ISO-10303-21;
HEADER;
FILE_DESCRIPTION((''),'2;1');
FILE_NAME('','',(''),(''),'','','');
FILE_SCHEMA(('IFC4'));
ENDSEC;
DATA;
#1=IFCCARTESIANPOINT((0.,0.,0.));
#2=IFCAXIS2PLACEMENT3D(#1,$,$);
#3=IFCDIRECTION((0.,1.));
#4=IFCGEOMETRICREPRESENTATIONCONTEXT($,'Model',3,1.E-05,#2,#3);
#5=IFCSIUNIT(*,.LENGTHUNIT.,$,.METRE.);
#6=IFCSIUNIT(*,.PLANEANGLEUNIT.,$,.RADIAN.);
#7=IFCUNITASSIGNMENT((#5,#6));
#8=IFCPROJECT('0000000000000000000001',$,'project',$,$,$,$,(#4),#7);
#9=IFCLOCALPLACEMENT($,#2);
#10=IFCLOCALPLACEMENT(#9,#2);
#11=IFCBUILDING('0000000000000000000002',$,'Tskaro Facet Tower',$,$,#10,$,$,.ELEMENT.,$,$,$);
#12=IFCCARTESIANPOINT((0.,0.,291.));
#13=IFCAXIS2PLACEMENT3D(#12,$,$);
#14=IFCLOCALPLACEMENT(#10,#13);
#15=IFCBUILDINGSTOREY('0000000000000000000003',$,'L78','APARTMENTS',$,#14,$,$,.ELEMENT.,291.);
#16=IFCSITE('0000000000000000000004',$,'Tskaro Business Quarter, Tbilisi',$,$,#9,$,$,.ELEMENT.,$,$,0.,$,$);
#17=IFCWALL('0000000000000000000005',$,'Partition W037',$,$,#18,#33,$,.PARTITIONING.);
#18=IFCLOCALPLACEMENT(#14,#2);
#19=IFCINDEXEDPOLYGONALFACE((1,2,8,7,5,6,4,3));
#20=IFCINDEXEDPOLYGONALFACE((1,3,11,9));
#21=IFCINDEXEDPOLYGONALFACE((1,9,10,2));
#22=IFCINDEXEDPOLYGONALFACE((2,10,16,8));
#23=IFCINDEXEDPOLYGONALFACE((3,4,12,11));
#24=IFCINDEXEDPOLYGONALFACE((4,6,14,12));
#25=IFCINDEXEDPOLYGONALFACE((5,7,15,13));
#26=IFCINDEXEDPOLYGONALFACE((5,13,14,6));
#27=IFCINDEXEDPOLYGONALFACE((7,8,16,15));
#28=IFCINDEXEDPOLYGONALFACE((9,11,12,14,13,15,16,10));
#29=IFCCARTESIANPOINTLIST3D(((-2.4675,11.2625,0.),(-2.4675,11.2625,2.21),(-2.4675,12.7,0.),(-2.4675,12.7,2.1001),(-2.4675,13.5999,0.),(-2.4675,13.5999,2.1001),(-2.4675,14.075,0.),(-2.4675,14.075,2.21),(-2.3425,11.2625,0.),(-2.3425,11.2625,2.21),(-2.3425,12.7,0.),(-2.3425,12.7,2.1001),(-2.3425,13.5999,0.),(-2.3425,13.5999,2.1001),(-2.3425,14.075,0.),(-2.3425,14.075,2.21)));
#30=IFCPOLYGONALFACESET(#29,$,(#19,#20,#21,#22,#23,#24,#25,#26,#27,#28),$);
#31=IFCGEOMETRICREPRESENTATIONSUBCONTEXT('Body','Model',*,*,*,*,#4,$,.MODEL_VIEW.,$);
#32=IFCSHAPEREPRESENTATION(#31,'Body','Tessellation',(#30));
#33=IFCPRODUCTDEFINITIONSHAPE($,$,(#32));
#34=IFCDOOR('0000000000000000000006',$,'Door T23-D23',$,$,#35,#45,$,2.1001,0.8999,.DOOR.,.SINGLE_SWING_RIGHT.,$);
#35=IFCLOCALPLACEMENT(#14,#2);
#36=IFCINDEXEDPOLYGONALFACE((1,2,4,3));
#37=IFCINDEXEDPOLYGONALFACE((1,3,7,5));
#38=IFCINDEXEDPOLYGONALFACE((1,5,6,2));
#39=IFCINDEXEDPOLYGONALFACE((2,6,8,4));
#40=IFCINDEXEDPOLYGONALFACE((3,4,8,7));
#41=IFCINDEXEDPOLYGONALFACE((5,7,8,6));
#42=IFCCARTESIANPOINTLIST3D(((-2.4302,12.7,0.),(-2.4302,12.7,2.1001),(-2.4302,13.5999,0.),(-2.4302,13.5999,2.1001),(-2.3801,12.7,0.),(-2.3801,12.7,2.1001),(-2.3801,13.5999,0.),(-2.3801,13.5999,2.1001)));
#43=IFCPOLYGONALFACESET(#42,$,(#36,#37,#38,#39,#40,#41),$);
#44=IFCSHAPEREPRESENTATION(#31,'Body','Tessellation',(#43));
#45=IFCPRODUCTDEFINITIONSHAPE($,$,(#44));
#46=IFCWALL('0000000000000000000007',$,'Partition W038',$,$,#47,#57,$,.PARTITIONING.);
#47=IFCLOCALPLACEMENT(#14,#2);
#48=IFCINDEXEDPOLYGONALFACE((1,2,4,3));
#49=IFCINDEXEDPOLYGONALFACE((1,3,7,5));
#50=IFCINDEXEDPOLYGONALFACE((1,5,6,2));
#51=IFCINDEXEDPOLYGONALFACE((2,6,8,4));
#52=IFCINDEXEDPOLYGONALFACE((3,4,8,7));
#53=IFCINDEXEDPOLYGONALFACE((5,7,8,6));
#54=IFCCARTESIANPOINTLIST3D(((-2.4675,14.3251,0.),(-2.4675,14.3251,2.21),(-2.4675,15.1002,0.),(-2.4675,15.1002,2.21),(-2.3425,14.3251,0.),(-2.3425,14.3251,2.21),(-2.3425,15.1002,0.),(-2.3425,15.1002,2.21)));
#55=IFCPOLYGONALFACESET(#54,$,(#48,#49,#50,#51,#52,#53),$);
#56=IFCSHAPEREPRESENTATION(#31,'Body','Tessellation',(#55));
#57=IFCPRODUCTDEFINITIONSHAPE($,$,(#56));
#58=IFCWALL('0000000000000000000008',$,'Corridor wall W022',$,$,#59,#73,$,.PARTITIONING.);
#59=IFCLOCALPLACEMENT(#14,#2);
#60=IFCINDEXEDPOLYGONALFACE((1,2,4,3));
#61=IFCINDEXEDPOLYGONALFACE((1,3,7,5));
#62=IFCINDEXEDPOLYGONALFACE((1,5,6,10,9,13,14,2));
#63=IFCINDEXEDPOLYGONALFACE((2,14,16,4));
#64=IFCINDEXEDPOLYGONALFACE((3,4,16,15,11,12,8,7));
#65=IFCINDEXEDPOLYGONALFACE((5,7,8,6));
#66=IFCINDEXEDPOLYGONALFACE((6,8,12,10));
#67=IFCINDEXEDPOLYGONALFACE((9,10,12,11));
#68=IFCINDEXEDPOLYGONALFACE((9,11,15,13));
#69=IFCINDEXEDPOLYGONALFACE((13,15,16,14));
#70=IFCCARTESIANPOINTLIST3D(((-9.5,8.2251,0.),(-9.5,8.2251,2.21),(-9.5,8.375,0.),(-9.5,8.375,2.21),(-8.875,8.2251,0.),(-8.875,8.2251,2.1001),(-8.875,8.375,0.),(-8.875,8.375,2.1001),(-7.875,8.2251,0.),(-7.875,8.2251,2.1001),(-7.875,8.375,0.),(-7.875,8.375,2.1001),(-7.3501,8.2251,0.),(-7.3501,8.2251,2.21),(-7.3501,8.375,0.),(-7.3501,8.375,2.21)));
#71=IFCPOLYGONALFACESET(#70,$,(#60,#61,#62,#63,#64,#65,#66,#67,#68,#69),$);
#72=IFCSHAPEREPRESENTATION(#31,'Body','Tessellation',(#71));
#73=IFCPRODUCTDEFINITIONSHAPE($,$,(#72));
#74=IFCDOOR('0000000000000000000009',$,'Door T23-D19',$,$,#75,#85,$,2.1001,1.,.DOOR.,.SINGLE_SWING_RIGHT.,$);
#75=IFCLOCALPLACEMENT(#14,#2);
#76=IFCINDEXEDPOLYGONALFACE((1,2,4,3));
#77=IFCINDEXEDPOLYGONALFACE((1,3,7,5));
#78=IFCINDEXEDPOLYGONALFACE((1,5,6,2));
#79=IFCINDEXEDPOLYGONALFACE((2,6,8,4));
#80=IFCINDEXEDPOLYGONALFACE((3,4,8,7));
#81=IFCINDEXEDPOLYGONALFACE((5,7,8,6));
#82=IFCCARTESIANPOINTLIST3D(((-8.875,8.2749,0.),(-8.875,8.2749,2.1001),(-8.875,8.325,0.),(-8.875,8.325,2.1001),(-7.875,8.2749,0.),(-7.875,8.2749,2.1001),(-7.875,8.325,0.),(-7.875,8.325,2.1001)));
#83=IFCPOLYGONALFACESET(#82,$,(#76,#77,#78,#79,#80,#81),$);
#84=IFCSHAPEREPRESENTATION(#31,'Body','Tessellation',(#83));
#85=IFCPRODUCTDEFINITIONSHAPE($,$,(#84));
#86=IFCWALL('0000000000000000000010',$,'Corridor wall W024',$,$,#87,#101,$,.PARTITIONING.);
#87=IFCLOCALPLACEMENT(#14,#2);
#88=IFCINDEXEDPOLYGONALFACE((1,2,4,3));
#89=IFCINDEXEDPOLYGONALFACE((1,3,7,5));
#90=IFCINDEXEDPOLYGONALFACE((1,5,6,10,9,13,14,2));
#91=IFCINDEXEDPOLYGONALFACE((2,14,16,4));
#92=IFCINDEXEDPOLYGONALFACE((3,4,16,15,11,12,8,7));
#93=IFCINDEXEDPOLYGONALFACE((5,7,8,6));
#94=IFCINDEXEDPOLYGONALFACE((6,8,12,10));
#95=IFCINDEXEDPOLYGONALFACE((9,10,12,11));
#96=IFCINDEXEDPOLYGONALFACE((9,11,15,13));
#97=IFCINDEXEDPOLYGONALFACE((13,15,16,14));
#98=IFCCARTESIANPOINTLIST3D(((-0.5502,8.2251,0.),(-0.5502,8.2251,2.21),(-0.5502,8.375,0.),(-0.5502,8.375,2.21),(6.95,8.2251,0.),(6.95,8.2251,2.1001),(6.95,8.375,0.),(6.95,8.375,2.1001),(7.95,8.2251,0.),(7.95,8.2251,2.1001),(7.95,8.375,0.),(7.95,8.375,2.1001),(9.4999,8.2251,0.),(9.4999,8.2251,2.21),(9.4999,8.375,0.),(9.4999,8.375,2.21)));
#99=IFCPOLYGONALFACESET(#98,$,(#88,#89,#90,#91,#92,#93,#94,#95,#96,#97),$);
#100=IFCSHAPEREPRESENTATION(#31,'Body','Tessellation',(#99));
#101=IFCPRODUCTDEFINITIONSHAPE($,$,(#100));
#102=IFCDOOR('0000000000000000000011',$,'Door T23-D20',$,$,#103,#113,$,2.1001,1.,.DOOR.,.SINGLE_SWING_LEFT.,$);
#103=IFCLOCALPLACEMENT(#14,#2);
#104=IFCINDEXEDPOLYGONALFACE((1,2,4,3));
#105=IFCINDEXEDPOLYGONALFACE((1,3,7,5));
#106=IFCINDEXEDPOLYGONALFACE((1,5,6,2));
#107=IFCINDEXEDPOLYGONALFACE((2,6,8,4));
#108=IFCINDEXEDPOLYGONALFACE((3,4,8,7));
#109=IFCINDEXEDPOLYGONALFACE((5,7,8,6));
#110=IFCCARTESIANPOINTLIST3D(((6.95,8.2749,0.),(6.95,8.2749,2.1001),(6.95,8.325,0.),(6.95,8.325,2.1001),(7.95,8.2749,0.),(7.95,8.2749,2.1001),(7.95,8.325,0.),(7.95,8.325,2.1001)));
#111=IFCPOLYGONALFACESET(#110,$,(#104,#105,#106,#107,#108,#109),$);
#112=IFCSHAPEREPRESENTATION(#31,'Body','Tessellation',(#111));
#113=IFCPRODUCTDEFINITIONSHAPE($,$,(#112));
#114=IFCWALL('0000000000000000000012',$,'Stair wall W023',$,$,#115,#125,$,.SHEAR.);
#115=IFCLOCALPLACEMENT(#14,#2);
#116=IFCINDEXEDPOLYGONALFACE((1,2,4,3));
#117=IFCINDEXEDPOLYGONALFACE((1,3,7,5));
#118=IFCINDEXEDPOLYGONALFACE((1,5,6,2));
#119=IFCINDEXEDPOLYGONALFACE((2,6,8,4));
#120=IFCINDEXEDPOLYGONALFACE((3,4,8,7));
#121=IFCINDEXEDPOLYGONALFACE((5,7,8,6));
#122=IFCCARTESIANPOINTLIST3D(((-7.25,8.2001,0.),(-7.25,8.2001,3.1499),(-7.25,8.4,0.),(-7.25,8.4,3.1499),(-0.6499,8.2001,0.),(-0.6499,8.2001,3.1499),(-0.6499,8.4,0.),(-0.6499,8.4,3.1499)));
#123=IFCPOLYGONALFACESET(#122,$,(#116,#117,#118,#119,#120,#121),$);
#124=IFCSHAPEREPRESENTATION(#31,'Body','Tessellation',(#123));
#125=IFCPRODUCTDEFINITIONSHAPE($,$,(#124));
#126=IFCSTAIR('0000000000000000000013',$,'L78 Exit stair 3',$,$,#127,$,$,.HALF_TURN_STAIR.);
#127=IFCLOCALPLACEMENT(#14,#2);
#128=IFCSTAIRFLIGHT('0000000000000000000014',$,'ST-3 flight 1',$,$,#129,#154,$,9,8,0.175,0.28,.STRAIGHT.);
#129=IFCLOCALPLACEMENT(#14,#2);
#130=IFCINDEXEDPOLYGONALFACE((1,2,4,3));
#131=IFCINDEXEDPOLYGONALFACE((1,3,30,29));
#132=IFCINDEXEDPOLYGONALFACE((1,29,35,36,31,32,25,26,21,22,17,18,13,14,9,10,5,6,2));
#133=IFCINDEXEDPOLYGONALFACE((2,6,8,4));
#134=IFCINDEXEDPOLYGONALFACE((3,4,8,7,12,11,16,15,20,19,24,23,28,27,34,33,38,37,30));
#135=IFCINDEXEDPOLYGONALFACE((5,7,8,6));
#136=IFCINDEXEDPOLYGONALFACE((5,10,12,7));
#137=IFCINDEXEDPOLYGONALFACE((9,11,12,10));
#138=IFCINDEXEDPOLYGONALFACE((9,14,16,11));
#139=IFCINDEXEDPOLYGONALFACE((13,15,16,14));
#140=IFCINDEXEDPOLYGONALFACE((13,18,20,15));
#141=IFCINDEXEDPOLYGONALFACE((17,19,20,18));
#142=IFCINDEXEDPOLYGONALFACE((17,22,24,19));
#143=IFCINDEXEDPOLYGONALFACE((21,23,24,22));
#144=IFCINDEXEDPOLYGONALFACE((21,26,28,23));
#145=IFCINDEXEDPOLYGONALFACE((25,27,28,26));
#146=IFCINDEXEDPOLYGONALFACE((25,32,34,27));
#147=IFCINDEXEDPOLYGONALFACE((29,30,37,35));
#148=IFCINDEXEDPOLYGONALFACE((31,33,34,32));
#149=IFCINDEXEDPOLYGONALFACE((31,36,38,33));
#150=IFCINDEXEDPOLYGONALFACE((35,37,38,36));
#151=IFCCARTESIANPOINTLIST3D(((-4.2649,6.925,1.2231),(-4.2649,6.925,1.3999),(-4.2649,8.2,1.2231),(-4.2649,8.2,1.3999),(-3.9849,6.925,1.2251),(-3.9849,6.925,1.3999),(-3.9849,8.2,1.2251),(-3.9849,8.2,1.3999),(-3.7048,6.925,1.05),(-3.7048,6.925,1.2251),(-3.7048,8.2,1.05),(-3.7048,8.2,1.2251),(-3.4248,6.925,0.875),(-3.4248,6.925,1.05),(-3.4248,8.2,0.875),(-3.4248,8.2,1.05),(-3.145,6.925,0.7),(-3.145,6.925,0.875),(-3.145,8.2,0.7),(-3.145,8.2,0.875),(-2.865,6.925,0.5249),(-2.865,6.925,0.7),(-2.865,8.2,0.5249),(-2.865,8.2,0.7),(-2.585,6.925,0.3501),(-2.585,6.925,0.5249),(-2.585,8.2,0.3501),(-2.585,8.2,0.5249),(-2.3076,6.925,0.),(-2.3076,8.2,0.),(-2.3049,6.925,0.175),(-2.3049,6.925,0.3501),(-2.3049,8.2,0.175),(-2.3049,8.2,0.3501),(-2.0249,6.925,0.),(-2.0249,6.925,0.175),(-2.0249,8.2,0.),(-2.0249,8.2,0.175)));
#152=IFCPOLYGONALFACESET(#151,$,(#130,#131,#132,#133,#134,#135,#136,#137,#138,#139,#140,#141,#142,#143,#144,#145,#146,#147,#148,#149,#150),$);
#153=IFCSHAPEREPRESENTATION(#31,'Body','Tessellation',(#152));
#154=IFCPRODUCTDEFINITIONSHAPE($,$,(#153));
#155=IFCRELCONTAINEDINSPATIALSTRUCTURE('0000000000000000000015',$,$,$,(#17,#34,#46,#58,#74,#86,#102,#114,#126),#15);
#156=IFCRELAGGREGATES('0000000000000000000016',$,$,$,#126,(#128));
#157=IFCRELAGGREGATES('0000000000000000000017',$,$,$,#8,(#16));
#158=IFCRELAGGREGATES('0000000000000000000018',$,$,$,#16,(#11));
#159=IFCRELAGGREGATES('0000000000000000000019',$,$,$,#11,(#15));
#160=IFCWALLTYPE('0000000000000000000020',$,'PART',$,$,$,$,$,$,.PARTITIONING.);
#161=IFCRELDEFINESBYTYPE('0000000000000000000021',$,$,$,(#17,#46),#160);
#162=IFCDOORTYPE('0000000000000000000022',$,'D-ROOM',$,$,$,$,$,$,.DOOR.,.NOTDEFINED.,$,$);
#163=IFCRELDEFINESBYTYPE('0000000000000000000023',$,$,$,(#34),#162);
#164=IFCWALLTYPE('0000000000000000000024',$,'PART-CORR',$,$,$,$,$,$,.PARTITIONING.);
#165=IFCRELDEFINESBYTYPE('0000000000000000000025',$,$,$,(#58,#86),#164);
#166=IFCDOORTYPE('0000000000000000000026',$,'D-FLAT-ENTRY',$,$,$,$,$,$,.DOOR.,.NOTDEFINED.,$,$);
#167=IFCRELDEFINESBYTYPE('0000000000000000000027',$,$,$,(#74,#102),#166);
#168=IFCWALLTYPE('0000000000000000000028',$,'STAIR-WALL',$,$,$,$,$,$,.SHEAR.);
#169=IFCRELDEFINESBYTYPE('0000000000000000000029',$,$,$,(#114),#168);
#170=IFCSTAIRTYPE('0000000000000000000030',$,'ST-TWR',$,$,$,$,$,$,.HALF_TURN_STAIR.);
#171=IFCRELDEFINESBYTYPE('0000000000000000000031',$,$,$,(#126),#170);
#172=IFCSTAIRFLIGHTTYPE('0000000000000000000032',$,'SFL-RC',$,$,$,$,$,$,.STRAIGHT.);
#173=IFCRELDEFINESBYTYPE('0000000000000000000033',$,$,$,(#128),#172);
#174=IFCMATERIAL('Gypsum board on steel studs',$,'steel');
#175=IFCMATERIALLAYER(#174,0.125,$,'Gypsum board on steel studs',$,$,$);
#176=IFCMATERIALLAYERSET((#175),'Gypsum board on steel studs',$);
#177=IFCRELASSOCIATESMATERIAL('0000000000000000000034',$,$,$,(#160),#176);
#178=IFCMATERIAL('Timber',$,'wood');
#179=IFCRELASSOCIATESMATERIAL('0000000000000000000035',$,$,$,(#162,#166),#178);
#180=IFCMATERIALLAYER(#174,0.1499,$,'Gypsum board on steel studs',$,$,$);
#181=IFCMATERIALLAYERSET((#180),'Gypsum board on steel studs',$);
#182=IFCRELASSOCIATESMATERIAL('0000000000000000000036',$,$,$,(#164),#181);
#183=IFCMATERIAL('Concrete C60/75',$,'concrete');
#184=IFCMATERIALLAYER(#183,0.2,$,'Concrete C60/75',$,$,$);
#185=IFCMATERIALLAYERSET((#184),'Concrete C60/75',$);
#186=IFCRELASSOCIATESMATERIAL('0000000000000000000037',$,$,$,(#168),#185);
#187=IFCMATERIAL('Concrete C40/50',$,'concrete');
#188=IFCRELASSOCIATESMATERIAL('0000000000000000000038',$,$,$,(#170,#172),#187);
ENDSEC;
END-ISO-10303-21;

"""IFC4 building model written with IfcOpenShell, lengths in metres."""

from ifc_helpers import new_model, si_unit, direction, frame, frame_2d, origin, place, context, subcontext, project, spatial, polyline, rectangle, outline, extrude, material, layer, layer_set, type_object, element, fill, aggregate, save


model = new_model("IFC4")

# Units and contexts
model_context = context("Model", 3, precision=1e-05, world=origin(), true_north=direction((0.0, 1.0)))
body_context = subcontext(model_context, "Body", "Model", "MODEL_VIEW")
ifc_project = project(units=[si_unit("LENGTHUNIT", "METRE"), si_unit("PLANEANGLEUNIT", "RADIAN")], contexts=[model_context])

# Site, building, storey
site_placement = place(None, origin())
site = spatial("IfcSite", under=ifc_project, at=site_placement, Name="Tskaro Business Quarter, Tbilisi", CompositionType="ELEMENT", RefElevation=0.0)
building_placement = place(site_placement, origin())
building = spatial("IfcBuilding", under=site, at=building_placement, Name="Tskaro Facet Tower", CompositionType="ELEMENT")
storey_placement = place(building_placement, frame((0.0, 0.0, 291.0)))
storey = spatial("IfcBuildingStorey", under=building, at=storey_placement, Name="L78", Description="APARTMENTS", CompositionType="ELEMENT", Elevation=291.0)

# Shared definitions
ifc_material_1 = material(Name="Gypsum board on steel studs", Category="steel")
ifc_layer_1 = layer(ifc_material_1, 0.125, Name="Gypsum board on steel studs")
ifc_layer_set_1 = layer_set([ifc_layer_1], Name="Gypsum board on steel studs")
wall_type_1 = type_object("IfcWallType", Name="PART", PredefinedType="PARTITIONING", material=ifc_layer_set_1)

# Wall, opening, door
wall_1_placement = place(storey_placement, frame((-2.405, 14.075, 0.0), z_axis=(0.0, 0.0, 1.0), x_axis=(0.0, -1.0, 0.0)))
wall_1 = element("IfcWall", 1, at=wall_1_placement, inside=storey, type_object=wall_type_1, Name="Partition W037", PredefinedType="PARTITIONING", context=body_context, shape_type="SweptSolid", body=[
    extrude(rectangle(XDim=2.8125, YDim=0.125, at=frame_2d((1.4062, 0.0))), origin(), (0.0, 0.0, 1.0), 2.21),
])
opening_1_placement = place(wall_1_placement, frame((0.4751, 0.0, 0.0)))
opening_1 = element("IfcOpeningElement", 2, at=opening_1_placement, cuts=wall_1, PredefinedType="OPENING", context=body_context, shape_type="SweptSolid", body=[
    extrude(rectangle(XDim=0.8999, YDim=2.1001, at=frame_2d((0.45, 1.05))), frame((0.0, 0.0725, 0.0), z_axis=(0.0, -1.0, 0.0), x_axis=(1.0, 0.0, 0.0)), (0.0, 0.0, 1.0), 0.145),
])
ifc_material_2 = material(Name="Timber", Category="wood")
door_type_1 = type_object("IfcDoorType", Name="D-ROOM", OperationType="NOTDEFINED", PredefinedType="DOOR", material=ifc_material_2)
door_1_placement = place(opening_1_placement, origin())
door_1 = element("IfcDoor", 3, at=door_1_placement, inside=storey, type_object=door_type_1, Name="Door T23-D23", OperationType="SINGLE_SWING_RIGHT", OverallHeight=2.1001, OverallWidth=0.8999, PredefinedType="DOOR", context=body_context, shape_type="SweptSolid", body=[
    extrude(rectangle(XDim=0.8999, YDim=2.1001, at=frame_2d((0.45, 1.05))), frame((0.0, 0.0249, 0.0), z_axis=(0.0, -1.0, 0.0), x_axis=(1.0, 0.0, 0.0)), (0.0, 0.0, 1.0), 0.05),
])
fill(opening_1, door_1)

# Wall
wall_2_placement = place(storey_placement, frame((-2.405, 14.325, 0.0), z_axis=(0.0, 0.0, 1.0), x_axis=(0.0, 1.0, 0.0)))
element("IfcWall", 4, at=wall_2_placement, inside=storey, type_object=wall_type_1, Name="Partition W038", PredefinedType="PARTITIONING", context=body_context, shape_type="SweptSolid", body=[
    extrude(rectangle(XDim=0.7751, YDim=0.125, at=frame_2d((0.3877, 0.0))), origin(), (0.0, 0.0, 1.0), 2.21),
])

# Walls, openings, doors
ifc_layer_2 = layer(ifc_material_1, 0.1499, Name="Gypsum board on steel studs")
ifc_layer_set_2 = layer_set([ifc_layer_2], Name="Gypsum board on steel studs")
wall_type_2 = type_object("IfcWallType", Name="PART-CORR", PredefinedType="PARTITIONING", material=ifc_layer_set_2)
wall_3_placement = place(storey_placement, frame((-9.5, 8.3, 0.0), z_axis=(0.0, 0.0, 1.0), x_axis=(1.0, 0.0, 0.0)))
wall_3 = element("IfcWall", 5, at=wall_3_placement, inside=storey, type_object=wall_type_2, Name="Corridor wall W022", PredefinedType="PARTITIONING", context=body_context, shape_type="SweptSolid", body=[
    extrude(rectangle(XDim=2.1499, YDim=0.1499, at=frame_2d((1.075, 0.0))), origin(), (0.0, 0.0, 1.0), 2.21),
])
opening_2_placement = place(wall_3_placement, frame((0.625, 0.0, 0.0)))
opening_2 = element("IfcOpeningElement", 6, at=opening_2_placement, cuts=wall_3, PredefinedType="OPENING", context=body_context, shape_type="SweptSolid", body=[
    extrude(rectangle(XDim=1.0, YDim=2.1001, at=frame_2d((0.5, 1.05))), frame((0.0, 0.085, 0.0), z_axis=(0.0, -1.0, 0.0), x_axis=(1.0, 0.0, 0.0)), (0.0, 0.0, 1.0), 0.1699),
])
door_type_2 = type_object("IfcDoorType", Name="D-FLAT-ENTRY", OperationType="NOTDEFINED", PredefinedType="DOOR", material=ifc_material_2)
door_2_placement = place(opening_2_placement, origin())
door_2 = element("IfcDoor", 7, at=door_2_placement, inside=storey, type_object=door_type_2, Name="Door T23-D19", OperationType="SINGLE_SWING_RIGHT", OverallHeight=2.1001, OverallWidth=1.0, PredefinedType="DOOR", context=body_context, shape_type="SweptSolid", body=[
    extrude(rectangle(XDim=1.0, YDim=2.1001, at=frame_2d((0.5, 1.05))), frame((0.0, 0.0249, 0.0), z_axis=(0.0, -1.0, 0.0), x_axis=(1.0, 0.0, 0.0)), (0.0, 0.0, 1.0), 0.05),
])
fill(opening_2, door_2)
wall_4_placement = place(storey_placement, frame((-0.55, 8.3, 0.0), z_axis=(0.0, 0.0, 1.0), x_axis=(1.0, 0.0, 0.0)))
wall_4 = element("IfcWall", 8, at=wall_4_placement, inside=storey, type_object=wall_type_2, Name="Corridor wall W024", PredefinedType="PARTITIONING", context=body_context, shape_type="SweptSolid", body=[
    extrude(rectangle(XDim=10.05, YDim=0.1499, at=frame_2d((5.0249, 0.0))), origin(), (0.0, 0.0, 1.0), 2.21),
])
opening_3_placement = place(wall_4_placement, frame((7.5, 0.0, 0.0)))
opening_3 = element("IfcOpeningElement", 9, at=opening_3_placement, cuts=wall_4, PredefinedType="OPENING", context=body_context, shape_type="SweptSolid", body=[
    extrude(rectangle(XDim=1.0, YDim=2.1001, at=frame_2d((0.5, 1.05))), frame((0.0, 0.085, 0.0), z_axis=(0.0, -1.0, 0.0), x_axis=(1.0, 0.0, 0.0)), (0.0, 0.0, 1.0), 0.1699),
])
door_3_placement = place(opening_3_placement, origin())
door_3 = element("IfcDoor", 10, at=door_3_placement, inside=storey, type_object=door_type_2, Name="Door T23-D20", OperationType="SINGLE_SWING_LEFT", OverallHeight=2.1001, OverallWidth=1.0, PredefinedType="DOOR", context=body_context, shape_type="SweptSolid", body=[
    extrude(rectangle(XDim=1.0, YDim=2.1001, at=frame_2d((0.5, 1.05))), frame((0.0, 0.0249, 0.0), z_axis=(0.0, -1.0, 0.0), x_axis=(1.0, 0.0, 0.0)), (0.0, 0.0, 1.0), 0.05),
])
fill(opening_3, door_3)

# Wall
ifc_material_3 = material(Name="Concrete C60/75", Category="concrete")
ifc_layer_3 = layer(ifc_material_3, 0.2, Name="Concrete C60/75")
ifc_layer_set_3 = layer_set([ifc_layer_3], Name="Concrete C60/75")
wall_type_3 = type_object("IfcWallType", Name="STAIR-WALL", PredefinedType="SHEAR", material=ifc_layer_set_3)
wall_5_placement = place(storey_placement, frame((-7.25, 8.3, 0.0), z_axis=(0.0, 0.0, 1.0), x_axis=(1.0, 0.0, 0.0)))
element("IfcWall", 11, at=wall_5_placement, inside=storey, type_object=wall_type_3, Name="Stair wall W023", PredefinedType="SHEAR", context=body_context, shape_type="SweptSolid", body=[
    extrude(rectangle(XDim=6.6001, YDim=0.2, at=frame_2d((3.3, 0.0))), origin(), (0.0, 0.0, 1.0), 3.1499),
])

# Stair, stair flight
ifc_material_4 = material(Name="Concrete C40/50", Category="concrete")
stair_type = type_object("IfcStairType", Name="ST-TWR", PredefinedType="HALF_TURN_STAIR", material=ifc_material_4)
stair_placement = place(storey_placement, origin())
stair = element("IfcStair", 12, at=stair_placement, inside=storey, type_object=stair_type, Name="L78 Exit stair 3", PredefinedType="HALF_TURN_STAIR")
stair_flight_type = type_object("IfcStairFlightType", Name="SFL-RC", PredefinedType="STRAIGHT", material=ifc_material_4)
stair_flight_1_placement = place(storey_placement, frame((-2.0249, 7.5625, 0.0), z_axis=(0.0, 0.0, 1.0), x_axis=(-1.0, 0.0, 0.0)))
stair_flight_1 = element("IfcStairFlight", 13, at=stair_flight_1_placement, type_object=stair_flight_type, Name="ST-3 flight 1", NumberOfRisers=9, NumberOfTreads=8, PredefinedType="STRAIGHT", RiserHeight=0.175, TreadLength=0.28, context=body_context, shape_type="SweptSolid", body=[
    extrude(outline(polyline([(0.0, 0.0), (0.0, 0.175), (0.28, 0.175), (0.28, 0.3501), (0.5601, 0.3501), (0.5601, 0.5249), (0.8401, 0.5249), (0.8401, 0.7), (1.1201, 0.7), (1.1201, 0.875), (1.3999, 0.875), (1.3999, 1.05), (1.6799, 1.05), (1.6799, 1.2251), (1.96, 1.2251), (1.96, 1.3999), (2.24, 1.3999), (2.24, 1.575), (2.24, 1.2231), (0.2827, 0.0), (0.0, 0.0)])), frame((0.0, 0.6375, 0.0), z_axis=(0.0, -1.0, 0.0), x_axis=(1.0, 0.0, 0.0)), (0.0, 0.0, 1.0), 1.2749),
])
aggregate(stair, [stair_flight_1])

save(model, "model.ifc")
